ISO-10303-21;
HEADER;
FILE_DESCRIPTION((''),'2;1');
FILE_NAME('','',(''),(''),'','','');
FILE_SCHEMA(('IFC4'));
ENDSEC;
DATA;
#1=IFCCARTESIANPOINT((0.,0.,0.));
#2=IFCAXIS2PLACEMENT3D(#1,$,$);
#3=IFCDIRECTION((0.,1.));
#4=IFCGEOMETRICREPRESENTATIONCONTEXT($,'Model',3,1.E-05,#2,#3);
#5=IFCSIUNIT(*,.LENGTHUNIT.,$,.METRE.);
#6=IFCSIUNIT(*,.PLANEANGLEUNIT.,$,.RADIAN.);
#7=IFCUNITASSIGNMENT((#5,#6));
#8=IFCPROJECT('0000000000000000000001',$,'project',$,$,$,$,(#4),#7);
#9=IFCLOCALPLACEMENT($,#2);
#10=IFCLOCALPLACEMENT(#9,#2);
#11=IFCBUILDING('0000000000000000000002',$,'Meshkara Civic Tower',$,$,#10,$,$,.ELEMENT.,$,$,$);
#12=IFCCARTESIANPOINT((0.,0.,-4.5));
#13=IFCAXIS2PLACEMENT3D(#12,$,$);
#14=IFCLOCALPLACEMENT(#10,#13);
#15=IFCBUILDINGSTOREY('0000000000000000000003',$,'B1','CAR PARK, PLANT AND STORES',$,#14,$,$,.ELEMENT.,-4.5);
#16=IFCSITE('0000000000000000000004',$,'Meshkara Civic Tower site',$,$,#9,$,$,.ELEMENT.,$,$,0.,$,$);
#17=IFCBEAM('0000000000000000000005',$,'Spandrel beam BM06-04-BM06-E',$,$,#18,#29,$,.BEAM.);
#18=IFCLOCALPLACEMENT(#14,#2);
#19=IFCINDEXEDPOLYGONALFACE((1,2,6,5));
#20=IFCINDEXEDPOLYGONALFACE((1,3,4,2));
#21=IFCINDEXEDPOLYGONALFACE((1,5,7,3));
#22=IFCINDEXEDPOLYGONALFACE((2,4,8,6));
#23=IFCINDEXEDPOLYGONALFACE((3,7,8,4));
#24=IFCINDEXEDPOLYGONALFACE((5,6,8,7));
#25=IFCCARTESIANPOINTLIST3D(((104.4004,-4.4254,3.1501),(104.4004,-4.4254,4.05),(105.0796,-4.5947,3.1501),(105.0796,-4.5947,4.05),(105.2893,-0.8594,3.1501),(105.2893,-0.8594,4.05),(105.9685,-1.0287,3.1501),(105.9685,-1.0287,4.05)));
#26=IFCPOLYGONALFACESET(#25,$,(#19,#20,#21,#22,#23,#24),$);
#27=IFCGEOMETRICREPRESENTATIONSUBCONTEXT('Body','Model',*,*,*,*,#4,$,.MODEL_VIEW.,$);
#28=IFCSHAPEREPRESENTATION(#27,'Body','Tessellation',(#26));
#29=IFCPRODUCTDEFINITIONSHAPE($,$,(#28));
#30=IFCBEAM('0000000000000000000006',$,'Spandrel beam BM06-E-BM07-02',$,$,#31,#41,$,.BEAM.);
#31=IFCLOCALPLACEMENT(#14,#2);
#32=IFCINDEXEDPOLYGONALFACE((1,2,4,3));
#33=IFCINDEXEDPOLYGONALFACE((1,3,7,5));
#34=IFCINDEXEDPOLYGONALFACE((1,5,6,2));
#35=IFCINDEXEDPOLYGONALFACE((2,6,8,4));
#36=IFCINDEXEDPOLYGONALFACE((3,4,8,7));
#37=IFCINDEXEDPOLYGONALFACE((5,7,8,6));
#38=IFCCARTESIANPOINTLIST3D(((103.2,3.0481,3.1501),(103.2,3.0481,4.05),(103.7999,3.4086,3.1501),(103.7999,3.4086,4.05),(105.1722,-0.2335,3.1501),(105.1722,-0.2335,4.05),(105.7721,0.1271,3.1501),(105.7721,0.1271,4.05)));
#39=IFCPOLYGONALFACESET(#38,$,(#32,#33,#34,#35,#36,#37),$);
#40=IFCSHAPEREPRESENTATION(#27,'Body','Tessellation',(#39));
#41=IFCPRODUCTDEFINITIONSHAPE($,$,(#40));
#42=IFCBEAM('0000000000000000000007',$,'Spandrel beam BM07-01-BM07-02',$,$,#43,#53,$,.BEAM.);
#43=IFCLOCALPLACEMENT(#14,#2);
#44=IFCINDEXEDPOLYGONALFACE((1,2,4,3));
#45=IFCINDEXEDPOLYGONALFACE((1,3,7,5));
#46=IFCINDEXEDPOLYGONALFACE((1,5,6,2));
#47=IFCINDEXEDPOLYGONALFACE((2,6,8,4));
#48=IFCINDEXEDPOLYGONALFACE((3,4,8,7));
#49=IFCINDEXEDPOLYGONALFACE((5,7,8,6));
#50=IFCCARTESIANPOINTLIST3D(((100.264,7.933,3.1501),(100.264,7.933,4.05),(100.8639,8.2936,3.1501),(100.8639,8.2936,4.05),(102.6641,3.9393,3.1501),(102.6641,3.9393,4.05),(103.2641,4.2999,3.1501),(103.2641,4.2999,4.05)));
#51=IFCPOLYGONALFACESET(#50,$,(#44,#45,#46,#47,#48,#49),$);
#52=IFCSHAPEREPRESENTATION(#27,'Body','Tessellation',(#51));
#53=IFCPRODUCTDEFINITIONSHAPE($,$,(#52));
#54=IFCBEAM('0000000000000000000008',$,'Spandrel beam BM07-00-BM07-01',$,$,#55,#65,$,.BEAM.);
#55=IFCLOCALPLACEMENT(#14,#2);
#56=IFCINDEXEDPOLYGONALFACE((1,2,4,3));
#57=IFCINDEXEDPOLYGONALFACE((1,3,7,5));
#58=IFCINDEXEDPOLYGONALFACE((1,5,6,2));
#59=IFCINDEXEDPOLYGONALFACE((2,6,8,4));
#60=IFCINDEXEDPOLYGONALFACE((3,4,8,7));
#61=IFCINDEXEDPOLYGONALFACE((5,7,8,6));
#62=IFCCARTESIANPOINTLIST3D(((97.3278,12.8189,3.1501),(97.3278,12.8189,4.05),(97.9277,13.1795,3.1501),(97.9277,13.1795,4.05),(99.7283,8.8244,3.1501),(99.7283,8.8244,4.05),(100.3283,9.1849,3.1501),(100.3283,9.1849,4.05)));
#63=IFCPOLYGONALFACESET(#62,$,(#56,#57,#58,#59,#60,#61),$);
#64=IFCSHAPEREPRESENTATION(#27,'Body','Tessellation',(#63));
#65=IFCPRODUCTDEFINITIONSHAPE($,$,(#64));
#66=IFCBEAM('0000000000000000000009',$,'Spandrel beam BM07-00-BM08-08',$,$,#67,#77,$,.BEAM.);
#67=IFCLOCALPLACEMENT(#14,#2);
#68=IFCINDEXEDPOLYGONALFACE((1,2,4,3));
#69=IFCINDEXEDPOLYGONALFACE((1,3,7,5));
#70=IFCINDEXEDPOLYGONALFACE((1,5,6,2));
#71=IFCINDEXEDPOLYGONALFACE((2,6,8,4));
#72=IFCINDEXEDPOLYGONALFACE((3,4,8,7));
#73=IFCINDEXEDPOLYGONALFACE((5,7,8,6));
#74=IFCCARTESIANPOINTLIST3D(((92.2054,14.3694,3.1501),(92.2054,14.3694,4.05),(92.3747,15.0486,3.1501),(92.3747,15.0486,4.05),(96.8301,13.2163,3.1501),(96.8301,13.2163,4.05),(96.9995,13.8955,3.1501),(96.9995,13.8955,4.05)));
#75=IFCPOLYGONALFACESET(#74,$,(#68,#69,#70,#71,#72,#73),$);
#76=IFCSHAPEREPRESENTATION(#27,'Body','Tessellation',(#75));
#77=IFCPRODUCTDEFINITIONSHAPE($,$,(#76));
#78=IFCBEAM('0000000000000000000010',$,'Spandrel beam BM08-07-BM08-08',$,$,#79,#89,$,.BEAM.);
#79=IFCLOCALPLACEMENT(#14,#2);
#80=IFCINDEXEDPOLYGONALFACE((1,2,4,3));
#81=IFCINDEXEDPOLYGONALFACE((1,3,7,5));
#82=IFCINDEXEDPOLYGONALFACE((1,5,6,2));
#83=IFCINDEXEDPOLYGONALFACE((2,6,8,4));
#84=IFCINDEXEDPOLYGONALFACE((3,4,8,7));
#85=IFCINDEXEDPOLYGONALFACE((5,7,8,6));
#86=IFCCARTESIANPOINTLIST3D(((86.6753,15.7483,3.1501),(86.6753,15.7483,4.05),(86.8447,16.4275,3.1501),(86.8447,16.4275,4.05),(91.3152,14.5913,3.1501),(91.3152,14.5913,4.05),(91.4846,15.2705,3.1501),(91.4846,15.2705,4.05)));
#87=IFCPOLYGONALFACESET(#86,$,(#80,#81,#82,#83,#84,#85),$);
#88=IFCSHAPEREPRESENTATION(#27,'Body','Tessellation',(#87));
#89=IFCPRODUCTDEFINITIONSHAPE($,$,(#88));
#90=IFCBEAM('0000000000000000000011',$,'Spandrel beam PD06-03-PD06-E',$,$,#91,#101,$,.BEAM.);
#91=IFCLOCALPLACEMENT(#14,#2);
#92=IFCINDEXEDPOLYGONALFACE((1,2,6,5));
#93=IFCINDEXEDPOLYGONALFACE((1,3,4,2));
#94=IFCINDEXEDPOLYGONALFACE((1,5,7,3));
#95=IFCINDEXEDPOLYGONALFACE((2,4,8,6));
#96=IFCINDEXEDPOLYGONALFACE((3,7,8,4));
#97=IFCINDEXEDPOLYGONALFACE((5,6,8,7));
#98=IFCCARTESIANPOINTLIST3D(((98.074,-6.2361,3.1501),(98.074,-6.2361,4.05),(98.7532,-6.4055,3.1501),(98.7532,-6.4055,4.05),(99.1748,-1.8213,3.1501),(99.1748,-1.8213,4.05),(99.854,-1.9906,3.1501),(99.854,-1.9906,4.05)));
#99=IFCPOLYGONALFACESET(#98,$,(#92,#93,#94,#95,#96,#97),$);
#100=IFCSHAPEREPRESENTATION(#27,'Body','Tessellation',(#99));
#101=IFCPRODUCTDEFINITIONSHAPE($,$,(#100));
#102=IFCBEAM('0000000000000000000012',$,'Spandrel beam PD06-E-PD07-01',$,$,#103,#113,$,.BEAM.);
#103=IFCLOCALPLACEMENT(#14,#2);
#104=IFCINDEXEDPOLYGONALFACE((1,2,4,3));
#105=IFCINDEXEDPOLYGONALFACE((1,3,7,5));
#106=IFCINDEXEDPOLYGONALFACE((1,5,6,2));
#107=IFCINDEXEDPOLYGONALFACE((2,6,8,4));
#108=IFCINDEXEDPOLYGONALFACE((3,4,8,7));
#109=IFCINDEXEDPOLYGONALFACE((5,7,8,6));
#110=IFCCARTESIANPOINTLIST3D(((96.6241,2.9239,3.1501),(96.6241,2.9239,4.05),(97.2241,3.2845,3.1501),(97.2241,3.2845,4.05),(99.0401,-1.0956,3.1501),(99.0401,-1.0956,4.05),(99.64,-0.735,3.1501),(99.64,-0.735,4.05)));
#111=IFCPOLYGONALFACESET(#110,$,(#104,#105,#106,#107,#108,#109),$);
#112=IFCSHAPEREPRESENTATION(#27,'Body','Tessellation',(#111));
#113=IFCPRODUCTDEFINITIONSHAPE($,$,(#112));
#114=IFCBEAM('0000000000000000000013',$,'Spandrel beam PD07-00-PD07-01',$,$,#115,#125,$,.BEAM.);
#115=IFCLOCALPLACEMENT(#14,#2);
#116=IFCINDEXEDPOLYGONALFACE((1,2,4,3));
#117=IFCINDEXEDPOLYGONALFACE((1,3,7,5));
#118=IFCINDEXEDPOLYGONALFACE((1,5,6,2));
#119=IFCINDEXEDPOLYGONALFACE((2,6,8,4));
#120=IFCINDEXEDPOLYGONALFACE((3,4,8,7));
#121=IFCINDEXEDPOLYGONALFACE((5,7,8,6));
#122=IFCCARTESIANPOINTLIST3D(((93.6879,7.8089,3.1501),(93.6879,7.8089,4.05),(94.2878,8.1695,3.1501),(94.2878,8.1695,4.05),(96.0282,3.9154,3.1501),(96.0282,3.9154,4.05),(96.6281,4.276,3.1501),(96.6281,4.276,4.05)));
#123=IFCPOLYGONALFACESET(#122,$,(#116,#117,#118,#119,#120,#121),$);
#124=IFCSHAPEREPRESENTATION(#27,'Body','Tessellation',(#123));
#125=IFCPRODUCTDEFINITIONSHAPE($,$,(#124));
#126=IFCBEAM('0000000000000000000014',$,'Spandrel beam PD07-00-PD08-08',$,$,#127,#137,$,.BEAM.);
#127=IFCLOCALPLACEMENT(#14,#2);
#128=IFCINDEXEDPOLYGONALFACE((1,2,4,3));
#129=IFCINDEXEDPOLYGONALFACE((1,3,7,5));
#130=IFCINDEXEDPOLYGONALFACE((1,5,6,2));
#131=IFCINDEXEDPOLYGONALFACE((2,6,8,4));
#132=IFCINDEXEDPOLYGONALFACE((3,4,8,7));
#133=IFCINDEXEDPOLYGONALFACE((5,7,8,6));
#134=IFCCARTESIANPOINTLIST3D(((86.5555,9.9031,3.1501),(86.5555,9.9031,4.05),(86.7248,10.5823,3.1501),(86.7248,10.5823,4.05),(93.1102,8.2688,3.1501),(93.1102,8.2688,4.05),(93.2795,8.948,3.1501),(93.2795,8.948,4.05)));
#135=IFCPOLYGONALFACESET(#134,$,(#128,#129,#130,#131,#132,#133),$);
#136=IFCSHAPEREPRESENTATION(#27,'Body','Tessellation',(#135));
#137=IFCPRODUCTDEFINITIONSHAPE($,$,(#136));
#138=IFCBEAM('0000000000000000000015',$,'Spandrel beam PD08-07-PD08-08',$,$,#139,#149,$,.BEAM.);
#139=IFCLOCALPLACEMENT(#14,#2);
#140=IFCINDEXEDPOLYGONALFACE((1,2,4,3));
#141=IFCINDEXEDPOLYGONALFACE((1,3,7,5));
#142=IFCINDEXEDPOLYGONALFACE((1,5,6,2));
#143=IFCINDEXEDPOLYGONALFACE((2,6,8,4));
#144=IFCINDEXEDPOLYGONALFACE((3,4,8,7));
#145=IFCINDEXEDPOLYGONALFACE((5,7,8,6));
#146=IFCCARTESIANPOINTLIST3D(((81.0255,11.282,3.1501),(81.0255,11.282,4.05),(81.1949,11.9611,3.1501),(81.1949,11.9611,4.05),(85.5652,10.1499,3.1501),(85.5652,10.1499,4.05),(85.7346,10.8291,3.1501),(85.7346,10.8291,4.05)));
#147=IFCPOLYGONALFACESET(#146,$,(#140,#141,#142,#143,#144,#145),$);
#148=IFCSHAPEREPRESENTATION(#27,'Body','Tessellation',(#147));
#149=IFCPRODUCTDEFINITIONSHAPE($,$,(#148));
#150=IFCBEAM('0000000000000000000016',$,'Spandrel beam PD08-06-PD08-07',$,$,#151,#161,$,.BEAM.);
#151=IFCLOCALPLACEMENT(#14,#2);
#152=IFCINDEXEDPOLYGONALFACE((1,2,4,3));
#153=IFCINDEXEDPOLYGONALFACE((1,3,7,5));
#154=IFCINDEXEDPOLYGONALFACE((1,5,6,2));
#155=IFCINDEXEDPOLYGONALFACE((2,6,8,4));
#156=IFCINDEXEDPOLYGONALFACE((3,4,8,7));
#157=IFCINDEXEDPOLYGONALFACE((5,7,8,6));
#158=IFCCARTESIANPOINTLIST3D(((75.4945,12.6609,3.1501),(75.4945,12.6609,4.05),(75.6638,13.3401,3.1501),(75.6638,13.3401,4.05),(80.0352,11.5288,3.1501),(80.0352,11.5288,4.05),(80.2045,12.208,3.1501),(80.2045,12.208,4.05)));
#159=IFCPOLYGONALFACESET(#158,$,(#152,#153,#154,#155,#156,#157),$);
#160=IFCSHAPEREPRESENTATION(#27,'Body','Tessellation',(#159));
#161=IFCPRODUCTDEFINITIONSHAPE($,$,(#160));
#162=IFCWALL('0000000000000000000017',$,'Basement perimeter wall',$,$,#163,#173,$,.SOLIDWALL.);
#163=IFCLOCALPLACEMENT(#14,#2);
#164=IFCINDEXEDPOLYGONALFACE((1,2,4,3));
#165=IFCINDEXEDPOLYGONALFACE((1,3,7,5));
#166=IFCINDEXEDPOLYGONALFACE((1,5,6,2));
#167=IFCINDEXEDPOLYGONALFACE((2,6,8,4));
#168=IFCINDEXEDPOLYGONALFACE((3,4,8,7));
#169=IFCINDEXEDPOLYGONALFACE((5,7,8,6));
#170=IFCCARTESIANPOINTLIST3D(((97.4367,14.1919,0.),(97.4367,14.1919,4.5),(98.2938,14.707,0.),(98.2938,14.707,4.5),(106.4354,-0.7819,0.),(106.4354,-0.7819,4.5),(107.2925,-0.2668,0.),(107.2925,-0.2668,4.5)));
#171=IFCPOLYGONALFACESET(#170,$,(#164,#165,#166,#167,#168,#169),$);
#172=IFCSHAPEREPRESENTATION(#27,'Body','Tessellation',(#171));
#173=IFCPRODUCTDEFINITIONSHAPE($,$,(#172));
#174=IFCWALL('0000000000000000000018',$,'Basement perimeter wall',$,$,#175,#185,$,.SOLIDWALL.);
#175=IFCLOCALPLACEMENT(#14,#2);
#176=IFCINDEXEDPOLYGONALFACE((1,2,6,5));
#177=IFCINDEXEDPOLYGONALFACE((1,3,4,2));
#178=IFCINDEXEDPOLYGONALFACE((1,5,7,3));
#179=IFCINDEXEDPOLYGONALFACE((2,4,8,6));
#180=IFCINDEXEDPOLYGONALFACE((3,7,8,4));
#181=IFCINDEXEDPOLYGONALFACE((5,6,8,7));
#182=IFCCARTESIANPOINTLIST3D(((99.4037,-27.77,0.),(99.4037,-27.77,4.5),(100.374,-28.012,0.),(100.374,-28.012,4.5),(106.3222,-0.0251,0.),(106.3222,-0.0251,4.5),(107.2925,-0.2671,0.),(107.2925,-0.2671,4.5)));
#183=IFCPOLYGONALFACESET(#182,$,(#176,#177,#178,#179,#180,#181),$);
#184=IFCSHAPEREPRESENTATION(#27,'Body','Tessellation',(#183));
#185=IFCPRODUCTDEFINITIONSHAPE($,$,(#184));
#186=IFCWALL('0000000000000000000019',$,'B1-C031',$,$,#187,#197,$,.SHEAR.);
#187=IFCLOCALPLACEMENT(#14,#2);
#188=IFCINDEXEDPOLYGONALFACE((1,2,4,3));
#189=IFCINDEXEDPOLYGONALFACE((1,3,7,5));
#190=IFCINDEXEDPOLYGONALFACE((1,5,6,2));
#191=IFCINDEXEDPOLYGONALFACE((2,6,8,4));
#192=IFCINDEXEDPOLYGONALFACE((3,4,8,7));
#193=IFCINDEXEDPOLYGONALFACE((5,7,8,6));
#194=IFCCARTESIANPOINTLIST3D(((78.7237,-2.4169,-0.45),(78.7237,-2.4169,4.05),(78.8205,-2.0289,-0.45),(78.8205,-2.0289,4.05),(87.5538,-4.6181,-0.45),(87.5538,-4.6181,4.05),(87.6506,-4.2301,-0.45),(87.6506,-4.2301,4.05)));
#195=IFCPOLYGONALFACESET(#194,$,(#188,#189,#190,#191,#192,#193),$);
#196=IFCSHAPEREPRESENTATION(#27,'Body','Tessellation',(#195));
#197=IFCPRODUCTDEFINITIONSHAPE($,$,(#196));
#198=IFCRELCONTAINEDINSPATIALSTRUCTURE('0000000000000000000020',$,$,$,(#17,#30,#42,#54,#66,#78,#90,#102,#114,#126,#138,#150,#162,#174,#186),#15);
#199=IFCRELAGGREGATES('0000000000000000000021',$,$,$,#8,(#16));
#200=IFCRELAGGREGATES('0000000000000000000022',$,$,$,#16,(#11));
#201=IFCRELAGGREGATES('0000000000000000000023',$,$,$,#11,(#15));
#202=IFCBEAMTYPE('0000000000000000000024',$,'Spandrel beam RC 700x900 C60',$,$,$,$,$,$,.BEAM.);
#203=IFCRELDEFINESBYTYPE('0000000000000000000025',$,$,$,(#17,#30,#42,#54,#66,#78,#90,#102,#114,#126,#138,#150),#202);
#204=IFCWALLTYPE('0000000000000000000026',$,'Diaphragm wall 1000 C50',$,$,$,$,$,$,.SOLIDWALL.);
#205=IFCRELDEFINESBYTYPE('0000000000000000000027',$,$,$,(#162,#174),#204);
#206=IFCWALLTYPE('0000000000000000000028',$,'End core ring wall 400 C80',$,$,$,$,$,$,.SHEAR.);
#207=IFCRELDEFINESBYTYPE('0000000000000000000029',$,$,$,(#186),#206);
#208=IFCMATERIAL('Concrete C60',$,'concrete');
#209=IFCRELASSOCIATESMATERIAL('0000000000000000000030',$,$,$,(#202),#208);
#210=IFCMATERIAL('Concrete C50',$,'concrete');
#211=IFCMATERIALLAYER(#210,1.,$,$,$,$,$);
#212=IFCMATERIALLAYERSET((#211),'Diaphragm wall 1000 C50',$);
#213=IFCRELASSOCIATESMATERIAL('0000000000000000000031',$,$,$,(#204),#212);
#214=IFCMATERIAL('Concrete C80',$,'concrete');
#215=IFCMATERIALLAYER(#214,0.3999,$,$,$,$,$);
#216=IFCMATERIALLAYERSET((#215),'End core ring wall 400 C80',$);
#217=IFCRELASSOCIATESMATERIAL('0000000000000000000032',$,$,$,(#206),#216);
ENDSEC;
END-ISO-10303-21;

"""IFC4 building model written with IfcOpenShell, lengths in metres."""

from ifc_helpers import new_model, si_unit, direction, frame, frame_2d, origin, origin_2d, place, context, subcontext, project, spatial, rectangle, extrude, material, layer, layer_set, material_profile, profile_set, type_object, element, save


model = new_model("IFC4")

# Units and contexts
model_context = context("Model", 3, precision=1e-05, world=origin(), true_north=direction((0.0, 1.0)))
body_context = subcontext(model_context, "Body", "Model", "MODEL_VIEW")
ifc_project = project(units=[si_unit("LENGTHUNIT", "METRE"), si_unit("PLANEANGLEUNIT", "RADIAN")], contexts=[model_context])

# Site, building, storey
site_placement = place(None, origin())
site = spatial("IfcSite", under=ifc_project, at=site_placement, Name="Meshkara Civic Tower site", CompositionType="ELEMENT", RefElevation=0.0)
building_placement = place(site_placement, origin())
building = spatial("IfcBuilding", under=site, at=building_placement, Name="Meshkara Civic Tower", CompositionType="ELEMENT")
storey_placement = place(building_placement, frame((0.0, 0.0, -4.5)))
storey = spatial("IfcBuildingStorey", under=building, at=storey_placement, Name="B1", Description="CAR PARK, PLANT AND STORES", CompositionType="ELEMENT", Elevation=-4.5)

# Beams
ifc_material_1 = material(Name="Concrete C60", Category="concrete")
ifc_material_profile_1 = material_profile(ifc_material_1, rectangle(XDim=0.7, YDim=0.8999, at=origin_2d()))
ifc_profile_set_1 = profile_set([ifc_material_profile_1], Name="Concrete C60")
beam_type = type_object("IfcBeamType", Name="Spandrel beam RC 700x900 C60", PredefinedType="BEAM", material=ifc_profile_set_1)
beam_1_placement = place(storey_placement, frame((104.74, -4.51, 3.6001), z_axis=(0.241879, 0.970306, 0.0), x_axis=(-0.970306, 0.241879, 0.0)))
element("IfcBeam", 1, at=beam_1_placement, inside=storey, type_object=beam_type, Name="Spandrel beam BM06-04-BM06-E", PredefinedType="BEAM", context=body_context, shape_type="SweptSolid", body=[
    extrude(rectangle(XDim=0.7, YDim=0.8999, at=origin_2d()), origin(), (0.0, 0.0, 1.0), 3.675),
])
beam_2_placement = place(storey_placement, frame((105.4722, -0.0532, 3.6001), z_axis=(-0.515124, 0.857116, 0.0), x_axis=(-0.857116, -0.515124, 0.0)))
element("IfcBeam", 2, at=beam_2_placement, inside=storey, type_object=beam_type, Name="Spandrel beam BM06-E-BM07-02", PredefinedType="BEAM", context=body_context, shape_type="SweptSolid", body=[
    extrude(rectangle(XDim=0.7, YDim=0.8999, at=origin_2d()), origin(), (0.0, 0.0, 1.0), 3.8286),
])
beam_3_placement = place(storey_placement, frame((102.9641, 4.1196, 3.6001), z_axis=(-0.51512, 0.857118, 0.0), x_axis=(-0.857118, -0.51512, 0.0)))
element("IfcBeam", 3, at=beam_3_placement, inside=storey, type_object=beam_type, Name="Spandrel beam BM07-01-BM07-02", PredefinedType="BEAM", context=body_context, shape_type="SweptSolid", body=[
    extrude(rectangle(XDim=0.7, YDim=0.8999, at=origin_2d()), origin(), (0.0, 0.0, 1.0), 4.6594),
])
beam_4_placement = place(storey_placement, frame((100.0283, 9.0046, 3.6001), z_axis=(-0.515104, 0.857128, 0.0), x_axis=(-0.857128, -0.515104, 0.0)))
element("IfcBeam", 4, at=beam_4_placement, inside=storey, type_object=beam_type, Name="Spandrel beam BM07-00-BM07-01", PredefinedType="BEAM", context=body_context, shape_type="SweptSolid", body=[
    extrude(rectangle(XDim=0.7, YDim=0.8999, at=origin_2d()), origin(), (0.0, 0.0, 1.0), 4.6604),
])
beam_5_placement = place(storey_placement, frame((96.9148, 13.5559, 3.6001), z_axis=(-0.970296, 0.241921, 0.0), x_axis=(-0.241921, -0.970296, 0.0)))
element("IfcBeam", 5, at=beam_5_placement, inside=storey, type_object=beam_type, Name="Spandrel beam BM07-00-BM08-08", PredefinedType="BEAM", context=body_context, shape_type="SweptSolid", body=[
    extrude(rectangle(XDim=0.7, YDim=0.8999, at=origin_2d()), origin(), (0.0, 0.0, 1.0), 4.7664),
])
beam_6_placement = place(storey_placement, frame((91.3999, 14.9309, 3.6001), z_axis=(-0.970289, 0.241947, 0.0), x_axis=(-0.241947, -0.970289, 0.0)))
element("IfcBeam", 6, at=beam_6_placement, inside=storey, type_object=beam_type, Name="Spandrel beam BM08-07-BM08-08", PredefinedType="BEAM", context=body_context, shape_type="SweptSolid", body=[
    extrude(rectangle(XDim=0.7, YDim=0.8999, at=origin_2d()), origin(), (0.0, 0.0, 1.0), 4.782),
])
beam_7_placement = place(storey_placement, frame((98.4136, -6.3208, 3.6001), z_axis=(0.241942, 0.970291, 0.0), x_axis=(-0.970291, 0.241942, 0.0)))
element("IfcBeam", 7, at=beam_7_placement, inside=storey, type_object=beam_type, Name="Spandrel beam PD06-03-PD06-E", PredefinedType="BEAM", context=body_context, shape_type="SweptSolid", body=[
    extrude(rectangle(XDim=0.7, YDim=0.8999, at=origin_2d()), origin(), (0.0, 0.0, 1.0), 4.55),
])
beam_8_placement = place(storey_placement, frame((99.3401, -0.9153, 3.6001), z_axis=(-0.515169, 0.857088, 0.0), x_axis=(-0.857088, -0.515169, 0.0)))
element("IfcBeam", 8, at=beam_8_placement, inside=storey, type_object=beam_type, Name="Spandrel beam PD06-E-PD07-01", PredefinedType="BEAM", context=body_context, shape_type="SweptSolid", body=[
    extrude(rectangle(XDim=0.7, YDim=0.8999, at=origin_2d()), origin(), (0.0, 0.0, 1.0), 4.6897),
])
beam_9_placement = place(storey_placement, frame((96.3281, 4.0957, 3.6001), z_axis=(-0.515175, 0.857085, 0.0), x_axis=(-0.857085, -0.515175, 0.0)))
element("IfcBeam", 9, at=beam_9_placement, inside=storey, type_object=beam_type, Name="Spandrel beam PD07-00-PD07-01", PredefinedType="BEAM", context=body_context, shape_type="SweptSolid", body=[
    extrude(rectangle(XDim=0.7, YDim=0.8999, at=origin_2d()), origin(), (0.0, 0.0, 1.0), 4.5427),
])
beam_10_placement = place(storey_placement, frame((93.1948, 8.6084, 3.6001), z_axis=(-0.970295, 0.241923, 0.0), x_axis=(-0.241923, -0.970295, 0.0)))
element("IfcBeam", 10, at=beam_10_placement, inside=storey, type_object=beam_type, Name="Spandrel beam PD07-00-PD08-08", PredefinedType="BEAM", context=body_context, shape_type="SweptSolid", body=[
    extrude(rectangle(XDim=0.7, YDim=0.8999, at=origin_2d()), origin(), (0.0, 0.0, 1.0), 6.7554),
])
beam_11_placement = place(storey_placement, frame((85.6499, 10.4895, 3.6001), z_axis=(-0.970287, 0.241959, 0.0), x_axis=(-0.241959, -0.970287, 0.0)))
element("IfcBeam", 11, at=beam_11_placement, inside=storey, type_object=beam_type, Name="Spandrel beam PD08-07-PD08-08", PredefinedType="BEAM", context=body_context, shape_type="SweptSolid", body=[
    extrude(rectangle(XDim=0.7, YDim=0.8999, at=origin_2d()), origin(), (0.0, 0.0, 1.0), 4.6787),
])
beam_12_placement = place(storey_placement, frame((80.1199, 11.8684, 3.6001), z_axis=(-0.970299, 0.24191, 0.0), x_axis=(-0.24191, -0.970299, 0.0)))
element("IfcBeam", 12, at=beam_12_placement, inside=storey, type_object=beam_type, Name="Spandrel beam PD08-06-PD08-07", PredefinedType="BEAM", context=body_context, shape_type="SweptSolid", body=[
    extrude(rectangle(XDim=0.7, YDim=0.8999, at=origin_2d()), origin(), (0.0, 0.0, 1.0), 4.6797),
])

# Walls
ifc_material_2 = material(Name="Concrete C50", Category="concrete")
ifc_layer_1 = layer(ifc_material_2, 1.0)
ifc_layer_set_1 = layer_set([ifc_layer_1], Name="Diaphragm wall 1000 C50")
wall_type_1 = type_object("IfcWallType", Name="Diaphragm wall 1000 C50", PredefinedType="SOLIDWALL", material=ifc_layer_set_1)
wall_1_placement = place(storey_placement, frame((97.8652, 14.4495, 0.0), z_axis=(0.0, 0.0, 1.0), x_axis=(0.515104, -0.857128, 0.0)))
element("IfcWall", 13, at=wall_1_placement, inside=storey, type_object=wall_type_1, Name="Basement perimeter wall", PredefinedType="SOLIDWALL", context=body_context, shape_type="SweptSolid", body=[
    extrude(rectangle(XDim=17.4697, YDim=1.0, at=frame_2d((8.7349, 0.0))), origin(), (0.0, 0.0, 1.0), 4.5),
])
wall_2_placement = place(storey_placement, frame((106.8074, -0.146, 0.0), z_axis=(0.0, 0.0, 1.0), x_axis=(-0.241951, -0.970288, 0.0)))
element("IfcWall", 14, at=wall_2_placement, inside=storey, type_object=wall_type_1, Name="Basement perimeter wall", PredefinedType="SOLIDWALL", context=body_context, shape_type="SweptSolid", body=[
    extrude(rectangle(XDim=28.5945, YDim=1.0, at=frame_2d((14.2974, 0.0))), origin(), (0.0, 0.0, 1.0), 4.5),
])
ifc_material_3 = material(Name="Concrete C80", Category="concrete")
ifc_layer_2 = layer(ifc_material_3, 0.3999)
ifc_layer_set_2 = layer_set([ifc_layer_2], Name="End core ring wall 400 C80")
wall_type_2 = type_object("IfcWallType", Name="End core ring wall 400 C80", PredefinedType="SHEAR", material=ifc_layer_set_2)
wall_3_placement = place(storey_placement, frame((78.772, -2.2229, -0.45), z_axis=(0.0, 0.0, 1.0), x_axis=(0.970306, -0.241879, 0.0)))
element("IfcWall", 15, at=wall_3_placement, inside=storey, type_object=wall_type_2, Name="B1-C031", PredefinedType="SHEAR", context=body_context, shape_type="SweptSolid", body=[
    extrude(rectangle(XDim=9.1003, YDim=0.3999, at=frame_2d((4.5503, 0.0))), origin(), (0.0, 0.0, 1.0), 4.5),
])

save(model, "model.ifc")
